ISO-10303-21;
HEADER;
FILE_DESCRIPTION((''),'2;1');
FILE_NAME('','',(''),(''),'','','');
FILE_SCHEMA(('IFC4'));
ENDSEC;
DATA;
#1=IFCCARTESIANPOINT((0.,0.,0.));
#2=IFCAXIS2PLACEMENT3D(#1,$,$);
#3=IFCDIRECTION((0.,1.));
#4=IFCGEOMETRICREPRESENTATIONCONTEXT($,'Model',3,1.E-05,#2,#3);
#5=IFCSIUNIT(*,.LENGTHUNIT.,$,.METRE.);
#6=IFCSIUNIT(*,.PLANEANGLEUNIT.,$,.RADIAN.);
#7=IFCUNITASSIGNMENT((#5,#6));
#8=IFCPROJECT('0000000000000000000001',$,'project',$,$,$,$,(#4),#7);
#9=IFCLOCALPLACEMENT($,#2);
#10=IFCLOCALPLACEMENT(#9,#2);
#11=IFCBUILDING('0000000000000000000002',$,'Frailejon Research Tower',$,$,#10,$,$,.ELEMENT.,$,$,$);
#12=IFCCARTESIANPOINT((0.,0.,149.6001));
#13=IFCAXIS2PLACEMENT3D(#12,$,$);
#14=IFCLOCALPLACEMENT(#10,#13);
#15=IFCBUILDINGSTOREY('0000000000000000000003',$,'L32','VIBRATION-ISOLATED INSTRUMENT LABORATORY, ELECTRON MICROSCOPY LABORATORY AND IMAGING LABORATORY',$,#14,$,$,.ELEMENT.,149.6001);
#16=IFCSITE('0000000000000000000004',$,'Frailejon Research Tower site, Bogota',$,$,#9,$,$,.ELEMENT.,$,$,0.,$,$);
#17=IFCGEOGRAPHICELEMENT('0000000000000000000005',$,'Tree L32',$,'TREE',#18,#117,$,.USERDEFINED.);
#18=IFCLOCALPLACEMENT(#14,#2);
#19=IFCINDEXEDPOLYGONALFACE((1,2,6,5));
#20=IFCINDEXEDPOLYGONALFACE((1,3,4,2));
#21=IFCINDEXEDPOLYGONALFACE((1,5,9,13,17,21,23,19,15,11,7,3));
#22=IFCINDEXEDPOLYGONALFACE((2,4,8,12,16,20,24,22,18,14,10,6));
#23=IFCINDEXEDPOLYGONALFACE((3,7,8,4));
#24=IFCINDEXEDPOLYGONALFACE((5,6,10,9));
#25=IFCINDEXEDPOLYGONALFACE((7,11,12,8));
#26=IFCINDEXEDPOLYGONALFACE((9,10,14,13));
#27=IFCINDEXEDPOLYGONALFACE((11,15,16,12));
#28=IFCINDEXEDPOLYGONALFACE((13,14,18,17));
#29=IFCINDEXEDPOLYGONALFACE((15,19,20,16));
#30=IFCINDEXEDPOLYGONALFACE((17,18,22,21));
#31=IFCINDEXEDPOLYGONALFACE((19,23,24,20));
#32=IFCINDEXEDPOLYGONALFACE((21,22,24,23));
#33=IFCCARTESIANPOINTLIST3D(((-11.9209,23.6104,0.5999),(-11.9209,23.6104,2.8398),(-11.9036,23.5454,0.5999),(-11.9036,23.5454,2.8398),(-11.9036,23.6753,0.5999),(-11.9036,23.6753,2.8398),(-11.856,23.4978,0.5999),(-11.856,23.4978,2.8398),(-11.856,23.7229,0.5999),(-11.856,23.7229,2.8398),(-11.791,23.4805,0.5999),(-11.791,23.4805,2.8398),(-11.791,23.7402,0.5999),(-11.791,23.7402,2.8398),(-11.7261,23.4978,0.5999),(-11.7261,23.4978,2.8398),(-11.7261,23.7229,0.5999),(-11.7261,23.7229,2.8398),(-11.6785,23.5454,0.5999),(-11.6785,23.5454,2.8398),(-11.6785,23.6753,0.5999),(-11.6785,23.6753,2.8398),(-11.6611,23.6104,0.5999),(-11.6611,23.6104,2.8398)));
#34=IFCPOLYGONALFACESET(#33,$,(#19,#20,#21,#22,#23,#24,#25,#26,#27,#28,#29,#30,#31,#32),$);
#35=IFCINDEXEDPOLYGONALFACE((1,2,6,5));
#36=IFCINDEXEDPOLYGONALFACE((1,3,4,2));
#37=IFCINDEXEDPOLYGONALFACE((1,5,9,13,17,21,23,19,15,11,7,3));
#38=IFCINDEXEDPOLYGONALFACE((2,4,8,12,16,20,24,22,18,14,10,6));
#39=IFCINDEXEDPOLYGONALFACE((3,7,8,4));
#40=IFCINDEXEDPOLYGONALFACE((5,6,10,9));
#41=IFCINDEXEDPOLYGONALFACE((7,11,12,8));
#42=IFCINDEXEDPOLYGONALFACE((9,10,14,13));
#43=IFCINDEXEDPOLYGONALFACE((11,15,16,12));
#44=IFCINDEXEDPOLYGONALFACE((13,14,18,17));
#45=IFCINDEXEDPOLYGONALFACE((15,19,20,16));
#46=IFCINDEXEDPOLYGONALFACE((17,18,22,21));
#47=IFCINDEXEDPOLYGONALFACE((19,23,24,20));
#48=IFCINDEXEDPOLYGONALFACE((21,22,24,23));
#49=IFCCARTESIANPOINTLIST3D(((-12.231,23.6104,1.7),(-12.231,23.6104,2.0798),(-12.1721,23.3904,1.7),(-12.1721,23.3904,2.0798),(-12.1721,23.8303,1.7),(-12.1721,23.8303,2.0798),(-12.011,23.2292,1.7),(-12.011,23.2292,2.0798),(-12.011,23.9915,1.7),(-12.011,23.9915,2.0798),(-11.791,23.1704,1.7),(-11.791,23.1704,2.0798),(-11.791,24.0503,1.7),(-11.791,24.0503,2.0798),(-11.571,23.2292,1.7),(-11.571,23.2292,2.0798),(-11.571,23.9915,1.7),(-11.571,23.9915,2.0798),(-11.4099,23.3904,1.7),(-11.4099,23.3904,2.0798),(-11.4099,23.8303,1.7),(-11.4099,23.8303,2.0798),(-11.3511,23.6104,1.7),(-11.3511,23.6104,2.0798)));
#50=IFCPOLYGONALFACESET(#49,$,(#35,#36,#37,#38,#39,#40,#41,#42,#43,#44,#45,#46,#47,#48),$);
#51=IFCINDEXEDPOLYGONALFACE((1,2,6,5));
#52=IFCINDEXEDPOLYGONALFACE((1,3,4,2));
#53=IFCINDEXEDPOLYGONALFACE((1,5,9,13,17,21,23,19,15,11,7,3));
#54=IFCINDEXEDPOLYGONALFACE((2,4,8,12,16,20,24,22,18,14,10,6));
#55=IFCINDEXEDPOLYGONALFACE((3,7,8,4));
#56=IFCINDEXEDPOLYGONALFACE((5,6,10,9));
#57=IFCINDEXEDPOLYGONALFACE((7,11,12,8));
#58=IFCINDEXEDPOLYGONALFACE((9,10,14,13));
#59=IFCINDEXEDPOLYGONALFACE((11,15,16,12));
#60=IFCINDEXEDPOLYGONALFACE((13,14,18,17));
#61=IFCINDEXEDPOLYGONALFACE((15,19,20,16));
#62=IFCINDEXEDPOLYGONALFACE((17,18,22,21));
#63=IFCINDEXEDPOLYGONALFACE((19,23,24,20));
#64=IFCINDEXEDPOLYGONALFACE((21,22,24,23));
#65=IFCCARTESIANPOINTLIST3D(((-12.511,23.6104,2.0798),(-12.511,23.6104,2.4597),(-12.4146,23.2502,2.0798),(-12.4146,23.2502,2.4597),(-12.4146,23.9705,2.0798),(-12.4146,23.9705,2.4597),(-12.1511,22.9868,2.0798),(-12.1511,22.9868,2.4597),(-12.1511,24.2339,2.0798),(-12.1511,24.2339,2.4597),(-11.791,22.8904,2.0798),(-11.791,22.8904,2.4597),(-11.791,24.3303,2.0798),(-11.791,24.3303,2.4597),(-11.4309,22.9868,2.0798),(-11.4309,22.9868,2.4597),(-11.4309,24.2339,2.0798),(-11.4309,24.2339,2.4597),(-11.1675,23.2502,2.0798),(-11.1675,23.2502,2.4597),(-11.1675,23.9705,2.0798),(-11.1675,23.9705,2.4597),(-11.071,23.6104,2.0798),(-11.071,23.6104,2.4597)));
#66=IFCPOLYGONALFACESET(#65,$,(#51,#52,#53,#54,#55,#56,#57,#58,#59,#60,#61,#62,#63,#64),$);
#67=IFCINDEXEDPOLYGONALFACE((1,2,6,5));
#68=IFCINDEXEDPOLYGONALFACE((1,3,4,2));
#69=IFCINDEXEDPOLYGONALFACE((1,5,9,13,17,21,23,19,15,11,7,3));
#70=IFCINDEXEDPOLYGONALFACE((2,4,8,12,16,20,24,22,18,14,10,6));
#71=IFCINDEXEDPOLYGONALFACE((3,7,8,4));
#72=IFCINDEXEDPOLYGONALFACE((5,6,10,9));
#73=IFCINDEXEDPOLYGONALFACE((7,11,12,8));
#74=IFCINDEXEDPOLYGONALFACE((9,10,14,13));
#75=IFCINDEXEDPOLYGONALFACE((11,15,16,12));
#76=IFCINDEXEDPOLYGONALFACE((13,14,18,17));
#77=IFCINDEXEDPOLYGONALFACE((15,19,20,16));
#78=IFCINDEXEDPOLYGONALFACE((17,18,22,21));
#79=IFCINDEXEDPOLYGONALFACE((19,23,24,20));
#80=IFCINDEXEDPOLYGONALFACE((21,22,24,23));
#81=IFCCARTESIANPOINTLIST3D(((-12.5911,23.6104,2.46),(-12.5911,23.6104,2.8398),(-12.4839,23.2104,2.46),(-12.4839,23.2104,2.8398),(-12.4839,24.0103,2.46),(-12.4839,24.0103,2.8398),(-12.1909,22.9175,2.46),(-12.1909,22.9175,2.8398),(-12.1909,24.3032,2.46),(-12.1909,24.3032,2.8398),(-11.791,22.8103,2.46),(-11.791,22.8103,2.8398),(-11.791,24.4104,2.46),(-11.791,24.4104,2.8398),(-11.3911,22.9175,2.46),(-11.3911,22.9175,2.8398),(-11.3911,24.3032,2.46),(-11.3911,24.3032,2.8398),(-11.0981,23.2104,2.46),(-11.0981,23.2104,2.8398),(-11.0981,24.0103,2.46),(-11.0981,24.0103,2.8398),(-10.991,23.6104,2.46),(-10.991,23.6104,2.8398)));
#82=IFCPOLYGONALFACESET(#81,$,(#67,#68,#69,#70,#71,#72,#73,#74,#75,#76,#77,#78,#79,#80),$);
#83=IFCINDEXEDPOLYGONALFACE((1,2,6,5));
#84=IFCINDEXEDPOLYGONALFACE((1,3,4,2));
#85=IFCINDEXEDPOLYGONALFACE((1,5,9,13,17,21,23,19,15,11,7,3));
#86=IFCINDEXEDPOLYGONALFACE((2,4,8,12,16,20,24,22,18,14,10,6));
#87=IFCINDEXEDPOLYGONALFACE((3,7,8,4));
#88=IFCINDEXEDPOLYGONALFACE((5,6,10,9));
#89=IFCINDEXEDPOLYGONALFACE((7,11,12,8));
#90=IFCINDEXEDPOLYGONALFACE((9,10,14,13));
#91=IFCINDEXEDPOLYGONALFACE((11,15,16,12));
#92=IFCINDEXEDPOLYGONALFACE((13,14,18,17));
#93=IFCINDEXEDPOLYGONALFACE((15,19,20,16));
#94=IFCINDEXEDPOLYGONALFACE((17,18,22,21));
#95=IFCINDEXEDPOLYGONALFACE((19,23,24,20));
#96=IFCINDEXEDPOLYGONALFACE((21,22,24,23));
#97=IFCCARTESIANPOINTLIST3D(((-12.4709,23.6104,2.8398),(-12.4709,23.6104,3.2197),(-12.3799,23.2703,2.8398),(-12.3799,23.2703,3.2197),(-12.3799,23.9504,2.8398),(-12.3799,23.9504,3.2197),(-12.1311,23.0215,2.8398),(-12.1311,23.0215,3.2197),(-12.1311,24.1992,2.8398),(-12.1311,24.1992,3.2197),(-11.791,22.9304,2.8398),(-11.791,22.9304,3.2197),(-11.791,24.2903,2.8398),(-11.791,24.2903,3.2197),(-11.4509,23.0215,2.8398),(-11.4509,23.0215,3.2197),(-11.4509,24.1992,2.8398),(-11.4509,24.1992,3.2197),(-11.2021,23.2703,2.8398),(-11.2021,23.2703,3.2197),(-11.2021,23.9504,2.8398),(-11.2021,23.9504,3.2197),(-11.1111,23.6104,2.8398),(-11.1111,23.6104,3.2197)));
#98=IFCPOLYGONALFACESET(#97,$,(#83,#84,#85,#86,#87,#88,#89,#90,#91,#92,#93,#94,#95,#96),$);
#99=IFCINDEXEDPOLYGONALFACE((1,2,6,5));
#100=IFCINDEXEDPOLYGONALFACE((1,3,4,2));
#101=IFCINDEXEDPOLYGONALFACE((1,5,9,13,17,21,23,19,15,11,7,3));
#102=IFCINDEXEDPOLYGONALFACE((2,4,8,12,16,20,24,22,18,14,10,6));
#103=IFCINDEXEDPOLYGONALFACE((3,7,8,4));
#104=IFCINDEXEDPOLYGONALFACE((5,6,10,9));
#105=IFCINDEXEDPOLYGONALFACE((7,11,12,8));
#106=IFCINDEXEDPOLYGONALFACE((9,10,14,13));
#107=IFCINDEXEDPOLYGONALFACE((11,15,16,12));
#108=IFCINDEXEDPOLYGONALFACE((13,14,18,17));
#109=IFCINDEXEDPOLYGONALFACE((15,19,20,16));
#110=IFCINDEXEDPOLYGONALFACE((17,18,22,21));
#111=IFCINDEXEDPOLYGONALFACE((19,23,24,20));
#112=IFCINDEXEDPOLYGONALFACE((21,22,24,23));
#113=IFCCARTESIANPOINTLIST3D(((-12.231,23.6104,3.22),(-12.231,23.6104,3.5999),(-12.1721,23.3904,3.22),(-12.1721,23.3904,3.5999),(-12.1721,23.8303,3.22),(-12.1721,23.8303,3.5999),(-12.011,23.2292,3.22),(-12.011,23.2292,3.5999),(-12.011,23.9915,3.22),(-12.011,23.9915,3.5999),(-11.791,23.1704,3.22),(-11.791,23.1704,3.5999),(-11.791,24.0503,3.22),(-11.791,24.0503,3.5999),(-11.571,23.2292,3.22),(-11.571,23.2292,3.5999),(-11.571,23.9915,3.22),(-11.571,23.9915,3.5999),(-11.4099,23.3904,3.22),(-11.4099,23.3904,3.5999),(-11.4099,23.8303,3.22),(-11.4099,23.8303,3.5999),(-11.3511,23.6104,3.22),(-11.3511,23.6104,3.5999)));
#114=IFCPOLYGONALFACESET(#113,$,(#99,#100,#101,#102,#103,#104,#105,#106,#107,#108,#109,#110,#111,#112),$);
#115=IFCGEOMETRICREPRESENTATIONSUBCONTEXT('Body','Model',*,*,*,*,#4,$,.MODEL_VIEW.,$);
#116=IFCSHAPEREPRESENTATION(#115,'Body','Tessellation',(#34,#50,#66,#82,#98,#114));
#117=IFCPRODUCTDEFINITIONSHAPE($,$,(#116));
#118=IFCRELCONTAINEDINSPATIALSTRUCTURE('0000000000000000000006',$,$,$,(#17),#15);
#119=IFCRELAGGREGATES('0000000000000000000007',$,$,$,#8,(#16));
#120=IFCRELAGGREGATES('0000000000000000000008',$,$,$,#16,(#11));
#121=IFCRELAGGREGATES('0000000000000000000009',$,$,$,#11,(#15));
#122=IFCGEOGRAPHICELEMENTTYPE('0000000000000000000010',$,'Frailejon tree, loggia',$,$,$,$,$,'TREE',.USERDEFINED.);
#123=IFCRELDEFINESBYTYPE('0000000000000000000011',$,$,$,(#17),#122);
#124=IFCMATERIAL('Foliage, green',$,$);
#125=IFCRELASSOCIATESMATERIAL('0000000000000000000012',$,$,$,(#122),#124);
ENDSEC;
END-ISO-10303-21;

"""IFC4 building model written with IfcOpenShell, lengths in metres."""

from ifc_helpers import new_model, si_unit, direction, frame, origin, place, context, subcontext, project, spatial, polyline, outline, extrude, material, type_object, element, save


model = new_model("IFC4")

# Units and contexts
model_context = context("Model", 3, precision=1e-05, world=origin(), true_north=direction((0.0, 1.0)))
body_context = subcontext(model_context, "Body", "Model", "MODEL_VIEW")
ifc_project = project(units=[si_unit("LENGTHUNIT", "METRE"), si_unit("PLANEANGLEUNIT", "RADIAN")], contexts=[model_context])

# Site, building, storey
site_placement = place(None, origin())
site = spatial("IfcSite", under=ifc_project, at=site_placement, Name="Frailejon Research Tower site, Bogota", CompositionType="ELEMENT", RefElevation=0.0)
building_placement = place(site_placement, origin())
building = spatial("IfcBuilding", under=site, at=building_placement, Name="Frailejon Research Tower", CompositionType="ELEMENT")
storey_placement = place(building_placement, frame((0.0, 0.0, 149.6001)))
storey = spatial("IfcBuildingStorey", under=building, at=storey_placement, Name="L32", Description="VIBRATION-ISOLATED INSTRUMENT LABORATORY, ELECTRON MICROSCOPY LABORATORY AND IMAGING LABORATORY", CompositionType="ELEMENT", Elevation=149.6001)

# Geographic element
ifc_material_1 = material(Name="Foliage, green")
geographic_element_type = type_object("IfcGeographicElementType", Name="Frailejon tree, loggia", ElementType="TREE", PredefinedType="USERDEFINED", material=ifc_material_1)
geographic_element_placement = place(storey_placement, frame((-11.791, 23.6104, 0.5999)))
element("IfcGeographicElement", 1, at=geographic_element_placement, inside=storey, type_object=geographic_element_type, Name="Tree L32", ObjectType="TREE", PredefinedType="USERDEFINED", context=body_context, shape_type="SweptSolid", body=[
    extrude(outline(polyline([(0.1299, 0.0), (0.1125, 0.0649), (0.0649, 0.1125), (0.0, 0.1299), (-0.0649, 0.1125), (-0.1125, 0.0649), (-0.1299, 0.0), (-0.1125, -0.0649), (-0.0649, -0.1125), (0.0, -0.1299), (0.0649, -0.1125), (0.1125, -0.0649), (0.1299, 0.0)])), origin(), (0.0, 0.0, 1.0), 2.24),
    extrude(outline(polyline([(0.4399, 0.0), (0.3811, 0.22), (0.22, 0.3811), (0.0, 0.4399), (-0.22, 0.3811), (-0.3811, 0.22), (-0.4399, 0.0), (-0.3811, -0.22), (-0.22, -0.3811), (0.0, -0.4399), (0.22, -0.3811), (0.3811, -0.22), (0.4399, 0.0)])), frame((0.0, 0.0, 1.1001)), (0.0, 0.0, 1.0), 0.3799),
    extrude(outline(polyline([(0.72, 0.0), (0.6235, 0.3601), (0.3601, 0.6235), (0.0, 0.72), (-0.3601, 0.6235), (-0.6235, 0.3601), (-0.72, 0.0), (-0.6235, -0.3601), (-0.3601, -0.6235), (0.0, -0.72), (0.3601, -0.6235), (0.6235, -0.3601), (0.72, 0.0)])), frame((0.0, 0.0, 1.48)), (0.0, 0.0, 1.0), 0.3799),
    extrude(outline(polyline([(0.8, 0.0), (0.6929, 0.3999), (0.3999, 0.6929), (0.0, 0.8), (-0.3999, 0.6929), (-0.6929, 0.3999), (-0.8, 0.0), (-0.6929, -0.3999), (-0.3999, -0.6929), (0.0, -0.8), (0.3999, -0.6929), (0.6929, -0.3999), (0.8, 0.0)])), frame((0.0, 0.0, 1.8601)), (0.0, 0.0, 1.0), 0.3799),
    extrude(outline(polyline([(0.6799, 0.0), (0.5889, 0.3401), (0.3401, 0.5889), (0.0, 0.6799), (-0.3401, 0.5889), (-0.5889, 0.3401), (-0.6799, 0.0), (-0.5889, -0.3401), (-0.3401, -0.5889), (0.0, -0.6799), (0.3401, -0.5889), (0.5889, -0.3401), (0.6799, 0.0)])), frame((0.0, 0.0, 2.24)), (0.0, 0.0, 1.0), 0.3799),
    extrude(outline(polyline([(0.4399, 0.0), (0.3811, 0.22), (0.22, 0.3811), (0.0, 0.4399), (-0.22, 0.3811), (-0.3811, 0.22), (-0.4399, 0.0), (-0.3811, -0.22), (-0.22, -0.3811), (0.0, -0.4399), (0.22, -0.3811), (0.3811, -0.22), (0.4399, 0.0)])), frame((0.0, 0.0, 2.6201)), (0.0, 0.0, 1.0), 0.3799),
])

save(model, "model.ifc")
